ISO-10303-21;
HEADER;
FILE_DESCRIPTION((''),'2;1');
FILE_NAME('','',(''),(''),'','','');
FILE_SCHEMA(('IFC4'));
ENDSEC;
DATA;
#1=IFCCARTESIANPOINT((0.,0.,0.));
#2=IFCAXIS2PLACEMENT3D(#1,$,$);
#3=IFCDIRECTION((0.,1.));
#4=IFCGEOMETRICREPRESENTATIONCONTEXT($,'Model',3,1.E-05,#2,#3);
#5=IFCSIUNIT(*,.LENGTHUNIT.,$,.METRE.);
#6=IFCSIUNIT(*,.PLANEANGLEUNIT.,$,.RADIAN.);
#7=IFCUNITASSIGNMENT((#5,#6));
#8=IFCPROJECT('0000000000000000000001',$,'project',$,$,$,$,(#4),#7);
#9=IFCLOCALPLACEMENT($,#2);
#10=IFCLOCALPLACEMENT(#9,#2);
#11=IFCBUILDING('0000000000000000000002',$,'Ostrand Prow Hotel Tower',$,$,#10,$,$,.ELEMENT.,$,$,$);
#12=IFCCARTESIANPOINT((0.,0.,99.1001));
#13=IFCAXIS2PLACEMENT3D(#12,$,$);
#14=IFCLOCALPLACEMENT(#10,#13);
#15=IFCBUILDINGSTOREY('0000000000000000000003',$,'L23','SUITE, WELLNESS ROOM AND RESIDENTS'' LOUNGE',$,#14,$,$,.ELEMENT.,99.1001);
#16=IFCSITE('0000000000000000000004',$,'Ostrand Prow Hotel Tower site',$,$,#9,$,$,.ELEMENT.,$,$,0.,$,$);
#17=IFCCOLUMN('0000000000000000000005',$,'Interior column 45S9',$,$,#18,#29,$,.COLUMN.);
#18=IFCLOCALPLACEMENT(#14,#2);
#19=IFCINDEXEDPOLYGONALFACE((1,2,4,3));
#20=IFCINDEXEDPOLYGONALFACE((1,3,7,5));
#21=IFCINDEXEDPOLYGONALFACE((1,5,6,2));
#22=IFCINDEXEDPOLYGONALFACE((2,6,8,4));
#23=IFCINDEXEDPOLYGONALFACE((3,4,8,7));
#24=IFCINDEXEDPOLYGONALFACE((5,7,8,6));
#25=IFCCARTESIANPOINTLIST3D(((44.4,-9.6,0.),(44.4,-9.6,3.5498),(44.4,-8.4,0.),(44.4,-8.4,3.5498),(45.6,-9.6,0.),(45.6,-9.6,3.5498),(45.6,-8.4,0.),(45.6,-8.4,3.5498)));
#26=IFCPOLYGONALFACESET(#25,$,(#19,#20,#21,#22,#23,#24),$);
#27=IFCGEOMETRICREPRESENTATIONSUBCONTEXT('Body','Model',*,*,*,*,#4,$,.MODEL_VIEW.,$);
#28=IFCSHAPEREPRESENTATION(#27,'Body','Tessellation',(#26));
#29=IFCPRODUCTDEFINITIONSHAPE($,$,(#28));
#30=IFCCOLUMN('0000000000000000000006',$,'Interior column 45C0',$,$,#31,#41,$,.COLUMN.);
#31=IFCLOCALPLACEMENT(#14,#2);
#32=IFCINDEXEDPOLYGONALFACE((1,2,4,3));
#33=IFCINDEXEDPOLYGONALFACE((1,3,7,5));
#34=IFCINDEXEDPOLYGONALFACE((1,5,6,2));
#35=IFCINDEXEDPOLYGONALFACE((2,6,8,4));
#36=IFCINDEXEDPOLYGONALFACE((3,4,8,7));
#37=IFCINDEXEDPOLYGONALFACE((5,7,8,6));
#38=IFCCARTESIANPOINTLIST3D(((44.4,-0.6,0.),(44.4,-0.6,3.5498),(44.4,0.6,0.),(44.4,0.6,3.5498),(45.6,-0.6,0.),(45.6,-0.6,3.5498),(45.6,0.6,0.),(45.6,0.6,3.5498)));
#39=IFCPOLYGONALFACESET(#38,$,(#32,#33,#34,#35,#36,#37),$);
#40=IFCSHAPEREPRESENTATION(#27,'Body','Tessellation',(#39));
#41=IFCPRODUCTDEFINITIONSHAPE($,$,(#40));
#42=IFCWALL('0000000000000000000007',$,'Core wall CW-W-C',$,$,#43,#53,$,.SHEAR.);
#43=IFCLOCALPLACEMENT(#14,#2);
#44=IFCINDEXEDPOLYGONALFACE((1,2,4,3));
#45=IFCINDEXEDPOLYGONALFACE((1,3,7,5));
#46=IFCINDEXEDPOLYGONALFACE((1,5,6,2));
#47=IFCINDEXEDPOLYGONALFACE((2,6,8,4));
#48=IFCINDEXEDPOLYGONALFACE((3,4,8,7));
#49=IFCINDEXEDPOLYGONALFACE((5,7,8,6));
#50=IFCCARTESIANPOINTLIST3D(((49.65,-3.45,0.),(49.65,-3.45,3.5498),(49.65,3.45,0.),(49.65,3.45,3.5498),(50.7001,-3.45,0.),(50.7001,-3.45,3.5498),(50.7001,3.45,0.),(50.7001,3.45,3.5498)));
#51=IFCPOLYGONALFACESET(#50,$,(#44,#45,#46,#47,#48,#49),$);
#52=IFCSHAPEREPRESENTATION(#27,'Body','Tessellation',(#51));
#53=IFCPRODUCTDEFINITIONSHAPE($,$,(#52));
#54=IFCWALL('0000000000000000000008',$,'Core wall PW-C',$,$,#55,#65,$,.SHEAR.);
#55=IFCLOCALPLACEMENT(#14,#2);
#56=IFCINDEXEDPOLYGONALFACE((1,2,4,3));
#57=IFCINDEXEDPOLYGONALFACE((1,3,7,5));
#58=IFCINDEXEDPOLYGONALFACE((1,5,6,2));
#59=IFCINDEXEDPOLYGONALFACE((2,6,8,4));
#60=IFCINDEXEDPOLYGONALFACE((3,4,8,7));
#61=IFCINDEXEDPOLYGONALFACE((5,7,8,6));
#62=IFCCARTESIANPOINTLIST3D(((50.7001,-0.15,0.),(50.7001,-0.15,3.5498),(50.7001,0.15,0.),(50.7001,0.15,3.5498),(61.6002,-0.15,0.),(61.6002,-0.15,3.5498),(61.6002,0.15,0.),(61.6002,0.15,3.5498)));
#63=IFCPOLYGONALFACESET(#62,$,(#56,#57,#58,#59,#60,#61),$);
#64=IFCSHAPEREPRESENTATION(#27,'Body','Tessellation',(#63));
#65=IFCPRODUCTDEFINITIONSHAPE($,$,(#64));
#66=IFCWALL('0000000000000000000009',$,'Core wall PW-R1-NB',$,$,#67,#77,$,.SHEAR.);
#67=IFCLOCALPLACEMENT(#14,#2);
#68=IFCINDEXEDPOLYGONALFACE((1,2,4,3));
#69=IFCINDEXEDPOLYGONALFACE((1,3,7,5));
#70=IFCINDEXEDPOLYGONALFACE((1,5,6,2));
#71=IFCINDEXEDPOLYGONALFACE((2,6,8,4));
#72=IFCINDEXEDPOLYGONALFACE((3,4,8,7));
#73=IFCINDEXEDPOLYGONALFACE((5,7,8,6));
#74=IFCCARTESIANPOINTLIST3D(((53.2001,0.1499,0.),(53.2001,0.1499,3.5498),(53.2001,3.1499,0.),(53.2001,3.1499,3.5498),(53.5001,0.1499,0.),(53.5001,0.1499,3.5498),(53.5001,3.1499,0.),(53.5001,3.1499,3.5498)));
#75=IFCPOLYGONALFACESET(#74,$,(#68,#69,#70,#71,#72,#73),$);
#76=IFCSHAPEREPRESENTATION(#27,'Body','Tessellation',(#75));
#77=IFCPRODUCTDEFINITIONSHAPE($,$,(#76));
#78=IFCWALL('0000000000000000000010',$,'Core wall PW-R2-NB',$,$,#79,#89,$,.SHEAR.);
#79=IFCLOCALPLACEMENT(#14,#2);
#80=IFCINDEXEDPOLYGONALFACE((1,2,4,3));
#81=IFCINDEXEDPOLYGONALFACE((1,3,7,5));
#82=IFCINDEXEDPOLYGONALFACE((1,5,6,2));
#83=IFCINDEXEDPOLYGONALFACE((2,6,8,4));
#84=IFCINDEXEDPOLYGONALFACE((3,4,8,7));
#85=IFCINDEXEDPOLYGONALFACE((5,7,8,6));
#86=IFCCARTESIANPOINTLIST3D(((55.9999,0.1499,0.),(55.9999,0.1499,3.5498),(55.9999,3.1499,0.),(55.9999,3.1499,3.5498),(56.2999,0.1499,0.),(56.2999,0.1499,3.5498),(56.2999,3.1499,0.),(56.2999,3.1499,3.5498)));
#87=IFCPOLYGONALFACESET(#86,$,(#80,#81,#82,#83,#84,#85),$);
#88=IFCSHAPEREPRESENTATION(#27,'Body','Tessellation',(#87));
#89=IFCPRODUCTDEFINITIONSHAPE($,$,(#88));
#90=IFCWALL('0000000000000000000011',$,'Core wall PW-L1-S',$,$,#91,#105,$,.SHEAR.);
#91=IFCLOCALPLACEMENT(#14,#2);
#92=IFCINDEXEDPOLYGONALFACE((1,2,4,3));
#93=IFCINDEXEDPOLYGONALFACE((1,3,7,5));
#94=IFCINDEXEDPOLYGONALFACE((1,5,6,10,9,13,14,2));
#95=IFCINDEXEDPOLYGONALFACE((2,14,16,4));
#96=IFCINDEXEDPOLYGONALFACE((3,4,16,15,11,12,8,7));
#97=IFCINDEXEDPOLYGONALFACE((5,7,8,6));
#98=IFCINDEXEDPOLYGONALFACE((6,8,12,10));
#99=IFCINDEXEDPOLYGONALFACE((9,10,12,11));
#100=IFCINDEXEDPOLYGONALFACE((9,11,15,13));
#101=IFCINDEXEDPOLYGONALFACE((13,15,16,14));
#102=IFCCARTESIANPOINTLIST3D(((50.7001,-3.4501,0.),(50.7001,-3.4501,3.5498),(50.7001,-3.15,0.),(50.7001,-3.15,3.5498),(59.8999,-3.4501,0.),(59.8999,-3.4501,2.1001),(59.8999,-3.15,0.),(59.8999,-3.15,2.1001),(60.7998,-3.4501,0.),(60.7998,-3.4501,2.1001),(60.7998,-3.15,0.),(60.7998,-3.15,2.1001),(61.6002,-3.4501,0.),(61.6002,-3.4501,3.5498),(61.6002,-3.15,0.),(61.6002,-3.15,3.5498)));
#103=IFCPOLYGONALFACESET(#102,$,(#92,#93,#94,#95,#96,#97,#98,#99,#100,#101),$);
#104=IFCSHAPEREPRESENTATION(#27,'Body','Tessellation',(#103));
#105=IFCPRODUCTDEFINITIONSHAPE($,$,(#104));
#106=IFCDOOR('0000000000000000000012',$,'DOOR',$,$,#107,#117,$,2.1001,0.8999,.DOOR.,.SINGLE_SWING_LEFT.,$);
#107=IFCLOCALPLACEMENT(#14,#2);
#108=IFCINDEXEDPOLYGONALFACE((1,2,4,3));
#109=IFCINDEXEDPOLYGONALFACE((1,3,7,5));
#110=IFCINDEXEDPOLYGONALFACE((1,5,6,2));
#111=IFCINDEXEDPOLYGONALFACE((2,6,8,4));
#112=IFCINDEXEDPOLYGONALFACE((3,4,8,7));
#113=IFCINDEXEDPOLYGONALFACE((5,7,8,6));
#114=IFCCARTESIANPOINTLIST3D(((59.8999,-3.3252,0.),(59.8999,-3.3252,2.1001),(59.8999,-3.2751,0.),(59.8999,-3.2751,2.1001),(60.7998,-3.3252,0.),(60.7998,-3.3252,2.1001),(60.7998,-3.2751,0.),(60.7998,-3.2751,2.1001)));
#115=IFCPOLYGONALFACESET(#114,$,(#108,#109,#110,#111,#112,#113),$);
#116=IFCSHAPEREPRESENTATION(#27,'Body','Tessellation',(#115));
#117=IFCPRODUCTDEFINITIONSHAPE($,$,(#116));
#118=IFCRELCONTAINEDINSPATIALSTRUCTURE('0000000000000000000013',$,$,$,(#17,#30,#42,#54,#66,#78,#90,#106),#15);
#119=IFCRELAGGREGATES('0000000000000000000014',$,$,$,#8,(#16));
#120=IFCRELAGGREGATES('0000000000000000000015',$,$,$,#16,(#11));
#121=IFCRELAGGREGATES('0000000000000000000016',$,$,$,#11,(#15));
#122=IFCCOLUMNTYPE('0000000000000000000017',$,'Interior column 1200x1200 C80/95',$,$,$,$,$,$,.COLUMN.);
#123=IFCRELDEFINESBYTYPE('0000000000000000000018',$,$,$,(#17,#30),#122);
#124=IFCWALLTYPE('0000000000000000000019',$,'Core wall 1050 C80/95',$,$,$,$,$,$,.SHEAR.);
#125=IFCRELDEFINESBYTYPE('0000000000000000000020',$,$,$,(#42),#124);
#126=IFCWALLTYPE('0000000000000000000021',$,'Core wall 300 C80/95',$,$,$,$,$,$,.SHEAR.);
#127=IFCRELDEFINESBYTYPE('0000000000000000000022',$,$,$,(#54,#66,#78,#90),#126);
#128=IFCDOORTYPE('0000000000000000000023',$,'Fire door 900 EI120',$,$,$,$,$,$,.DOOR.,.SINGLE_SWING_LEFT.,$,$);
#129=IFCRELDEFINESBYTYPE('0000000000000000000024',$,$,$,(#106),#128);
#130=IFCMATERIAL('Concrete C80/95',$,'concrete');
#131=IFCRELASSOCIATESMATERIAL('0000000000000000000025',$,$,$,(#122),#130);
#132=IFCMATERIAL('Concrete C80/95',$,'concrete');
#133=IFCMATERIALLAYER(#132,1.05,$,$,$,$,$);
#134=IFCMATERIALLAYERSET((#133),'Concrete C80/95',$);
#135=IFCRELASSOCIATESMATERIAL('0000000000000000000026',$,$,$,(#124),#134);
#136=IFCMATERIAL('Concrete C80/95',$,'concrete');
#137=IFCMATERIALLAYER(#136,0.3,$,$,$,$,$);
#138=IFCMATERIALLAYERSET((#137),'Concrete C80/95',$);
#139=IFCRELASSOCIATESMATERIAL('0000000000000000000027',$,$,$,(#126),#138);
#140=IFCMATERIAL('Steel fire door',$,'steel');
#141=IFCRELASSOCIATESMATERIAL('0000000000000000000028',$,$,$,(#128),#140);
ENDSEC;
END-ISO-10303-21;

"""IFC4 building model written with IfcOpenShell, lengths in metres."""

from ifc_helpers import new_model, si_unit, direction, frame, frame_2d, origin, origin_2d, place, context, subcontext, project, spatial, rectangle, extrude, material, layer, layer_set, material_profile, profile_set, type_object, element, fill, save


model = new_model("IFC4")

# Units and contexts
model_context = context("Model", 3, precision=1e-05, world=origin(), true_north=direction((0.0, 1.0)))
body_context = subcontext(model_context, "Body", "Model", "MODEL_VIEW")
ifc_project = project(units=[si_unit("LENGTHUNIT", "METRE"), si_unit("PLANEANGLEUNIT", "RADIAN")], contexts=[model_context])

# Site, building, storey
site_placement = place(None, origin())
site = spatial("IfcSite", under=ifc_project, at=site_placement, Name="Ostrand Prow Hotel Tower site", CompositionType="ELEMENT", RefElevation=0.0)
building_placement = place(site_placement, origin())
building = spatial("IfcBuilding", under=site, at=building_placement, Name="Ostrand Prow Hotel Tower", CompositionType="ELEMENT")
storey_placement = place(building_placement, frame((0.0, 0.0, 99.1001)))
storey = spatial("IfcBuildingStorey", under=building, at=storey_placement, Name="L23", Description="SUITE, WELLNESS ROOM AND RESIDENTS' LOUNGE", CompositionType="ELEMENT", Elevation=99.1001)

# Columns
ifc_material_1 = material(Name="Concrete C80/95", Category="concrete")
ifc_material_profile = material_profile(ifc_material_1, rectangle(XDim=1.2, YDim=1.2, at=origin_2d()), Name="RC 1200x1200")
ifc_profile_set = profile_set([ifc_material_profile], Name="Concrete C80/95")
column_type = type_object("IfcColumnType", Name="Interior column 1200x1200 C80/95", PredefinedType="COLUMN", material=ifc_profile_set)
for number, where, z_axis, x_axis, name in (
    (1, (45.0, -9.0, 0.0), (0.0, 0.0, 1.0), (1.0, 0.0, 0.0), "Interior column 45S9"),
    (2, (45.0, 0.0, 0.0), (0.0, 0.0, 1.0), (1.0, 0.0, 0.0), "Interior column 45C0"),
):
    element("IfcColumn", number, at=place(storey_placement, frame(where, z_axis=z_axis, x_axis=x_axis)), inside=storey, type_object=column_type, Name=name, PredefinedType="COLUMN", context=body_context, shape_type="SweptSolid", body=[
        extrude(rectangle(XDim=1.2, YDim=1.2, at=origin_2d()), origin(), (0.0, 0.0, 1.0), 3.5498),
    ])

# Walls
ifc_material_2 = material(Name="Concrete C80/95", Category="concrete")
ifc_layer_1 = layer(ifc_material_2, 1.05)
ifc_layer_set_1 = layer_set([ifc_layer_1], Name="Concrete C80/95")
wall_type_1 = type_object("IfcWallType", Name="Core wall 1050 C80/95", PredefinedType="SHEAR", material=ifc_layer_set_1)
wall_1_placement = place(storey_placement, frame((50.175, -3.45, 0.0), z_axis=(0.0, 0.0, 1.0), x_axis=(0.0, 1.0, 0.0)))
element("IfcWall", 3, at=wall_1_placement, inside=storey, type_object=wall_type_1, Name="Core wall CW-W-C", PredefinedType="SHEAR", context=body_context, shape_type="SweptSolid", body=[
    extrude(rectangle(XDim=6.8999, YDim=1.05, at=frame_2d((3.45, 0.0))), origin(), (0.0, 0.0, 1.0), 3.5498),
])
ifc_material_3 = material(Name="Concrete C80/95", Category="concrete")
ifc_layer_2 = layer(ifc_material_3, 0.3)
ifc_layer_set_2 = layer_set([ifc_layer_2], Name="Concrete C80/95")
wall_type_2 = type_object("IfcWallType", Name="Core wall 300 C80/95", PredefinedType="SHEAR", material=ifc_layer_set_2)
wall_2_placement = place(storey_placement, frame((50.7, 0.0, 0.0), z_axis=(0.0, 0.0, 1.0), x_axis=(1.0, 0.0, 0.0)))
element("IfcWall", 4, at=wall_2_placement, inside=storey, type_object=wall_type_2, Name="Core wall PW-C", PredefinedType="SHEAR", context=body_context, shape_type="SweptSolid", body=[
    extrude(rectangle(XDim=10.9001, YDim=0.3, at=frame_2d((5.4502, 0.0))), origin(), (0.0, 0.0, 1.0), 3.5498),
])
for number, where, z_axis, x_axis, name in (
    (5, (53.3501, 0.1499, 0.0), (0.0, 0.0, 1.0), (0.0, 1.0, 0.0), "Core wall PW-R1-NB"),
    (6, (56.1499, 0.1499, 0.0), (0.0, 0.0, 1.0), (0.0, 1.0, 0.0), "Core wall PW-R2-NB"),
):
    element("IfcWall", number, at=place(storey_placement, frame(where, z_axis=z_axis, x_axis=x_axis)), inside=storey, type_object=wall_type_2, Name=name, PredefinedType="SHEAR", context=body_context, shape_type="SweptSolid", body=[
        extrude(rectangle(XDim=3.0, YDim=0.3, at=frame_2d((1.5, 0.0))), origin(), (0.0, 0.0, 1.0), 3.5498),
    ])

# Wall, opening, door
wall_3_placement = place(storey_placement, frame((50.7, -3.3, 0.0), z_axis=(0.0, 0.0, 1.0), x_axis=(1.0, 0.0, 0.0)))
wall_3 = element("IfcWall", 7, at=wall_3_placement, inside=storey, type_object=wall_type_2, Name="Core wall PW-L1-S", PredefinedType="SHEAR", context=body_context, shape_type="SweptSolid", body=[
    extrude(rectangle(XDim=10.9001, YDim=0.3, at=frame_2d((5.4502, 0.0))), origin(), (0.0, 0.0, 1.0), 3.5498),
])
opening_1_placement = place(wall_3_placement, frame((9.2, 0.0, 0.0)))
opening_1 = element("IfcOpeningElement", 8, at=opening_1_placement, cuts=wall_3, PredefinedType="OPENING", context=body_context, shape_type="SweptSolid", body=[
    extrude(rectangle(XDim=0.8999, YDim=2.1001, at=frame_2d((0.45, 1.05))), frame((0.0, 0.1599, 0.0), z_axis=(0.0, -1.0, 0.0), x_axis=(1.0, 0.0, 0.0)), (0.0, 0.0, 1.0), 0.3201),
])
ifc_material_4 = material(Name="Steel fire door", Category="steel")
door_type_1 = type_object("IfcDoorType", Name="Fire door 900 EI120", OperationType="SINGLE_SWING_LEFT", PredefinedType="DOOR", material=ifc_material_4)
door_1_placement = place(opening_1_placement, origin())
door_1 = element("IfcDoor", 9, at=door_1_placement, inside=storey, type_object=door_type_1, Name="DOOR", OperationType="SINGLE_SWING_LEFT", OverallHeight=2.1001, OverallWidth=0.8999, PredefinedType="DOOR", context=body_context, shape_type="SweptSolid", body=[
    extrude(rectangle(XDim=0.8999, YDim=2.1001, at=frame_2d((0.45, 1.05))), frame((0.0, 0.0249, 0.0), z_axis=(0.0, -1.0, 0.0), x_axis=(1.0, 0.0, 0.0)), (0.0, 0.0, 1.0), 0.05),
])
fill(opening_1, door_1)

save(model, "model.ifc")
